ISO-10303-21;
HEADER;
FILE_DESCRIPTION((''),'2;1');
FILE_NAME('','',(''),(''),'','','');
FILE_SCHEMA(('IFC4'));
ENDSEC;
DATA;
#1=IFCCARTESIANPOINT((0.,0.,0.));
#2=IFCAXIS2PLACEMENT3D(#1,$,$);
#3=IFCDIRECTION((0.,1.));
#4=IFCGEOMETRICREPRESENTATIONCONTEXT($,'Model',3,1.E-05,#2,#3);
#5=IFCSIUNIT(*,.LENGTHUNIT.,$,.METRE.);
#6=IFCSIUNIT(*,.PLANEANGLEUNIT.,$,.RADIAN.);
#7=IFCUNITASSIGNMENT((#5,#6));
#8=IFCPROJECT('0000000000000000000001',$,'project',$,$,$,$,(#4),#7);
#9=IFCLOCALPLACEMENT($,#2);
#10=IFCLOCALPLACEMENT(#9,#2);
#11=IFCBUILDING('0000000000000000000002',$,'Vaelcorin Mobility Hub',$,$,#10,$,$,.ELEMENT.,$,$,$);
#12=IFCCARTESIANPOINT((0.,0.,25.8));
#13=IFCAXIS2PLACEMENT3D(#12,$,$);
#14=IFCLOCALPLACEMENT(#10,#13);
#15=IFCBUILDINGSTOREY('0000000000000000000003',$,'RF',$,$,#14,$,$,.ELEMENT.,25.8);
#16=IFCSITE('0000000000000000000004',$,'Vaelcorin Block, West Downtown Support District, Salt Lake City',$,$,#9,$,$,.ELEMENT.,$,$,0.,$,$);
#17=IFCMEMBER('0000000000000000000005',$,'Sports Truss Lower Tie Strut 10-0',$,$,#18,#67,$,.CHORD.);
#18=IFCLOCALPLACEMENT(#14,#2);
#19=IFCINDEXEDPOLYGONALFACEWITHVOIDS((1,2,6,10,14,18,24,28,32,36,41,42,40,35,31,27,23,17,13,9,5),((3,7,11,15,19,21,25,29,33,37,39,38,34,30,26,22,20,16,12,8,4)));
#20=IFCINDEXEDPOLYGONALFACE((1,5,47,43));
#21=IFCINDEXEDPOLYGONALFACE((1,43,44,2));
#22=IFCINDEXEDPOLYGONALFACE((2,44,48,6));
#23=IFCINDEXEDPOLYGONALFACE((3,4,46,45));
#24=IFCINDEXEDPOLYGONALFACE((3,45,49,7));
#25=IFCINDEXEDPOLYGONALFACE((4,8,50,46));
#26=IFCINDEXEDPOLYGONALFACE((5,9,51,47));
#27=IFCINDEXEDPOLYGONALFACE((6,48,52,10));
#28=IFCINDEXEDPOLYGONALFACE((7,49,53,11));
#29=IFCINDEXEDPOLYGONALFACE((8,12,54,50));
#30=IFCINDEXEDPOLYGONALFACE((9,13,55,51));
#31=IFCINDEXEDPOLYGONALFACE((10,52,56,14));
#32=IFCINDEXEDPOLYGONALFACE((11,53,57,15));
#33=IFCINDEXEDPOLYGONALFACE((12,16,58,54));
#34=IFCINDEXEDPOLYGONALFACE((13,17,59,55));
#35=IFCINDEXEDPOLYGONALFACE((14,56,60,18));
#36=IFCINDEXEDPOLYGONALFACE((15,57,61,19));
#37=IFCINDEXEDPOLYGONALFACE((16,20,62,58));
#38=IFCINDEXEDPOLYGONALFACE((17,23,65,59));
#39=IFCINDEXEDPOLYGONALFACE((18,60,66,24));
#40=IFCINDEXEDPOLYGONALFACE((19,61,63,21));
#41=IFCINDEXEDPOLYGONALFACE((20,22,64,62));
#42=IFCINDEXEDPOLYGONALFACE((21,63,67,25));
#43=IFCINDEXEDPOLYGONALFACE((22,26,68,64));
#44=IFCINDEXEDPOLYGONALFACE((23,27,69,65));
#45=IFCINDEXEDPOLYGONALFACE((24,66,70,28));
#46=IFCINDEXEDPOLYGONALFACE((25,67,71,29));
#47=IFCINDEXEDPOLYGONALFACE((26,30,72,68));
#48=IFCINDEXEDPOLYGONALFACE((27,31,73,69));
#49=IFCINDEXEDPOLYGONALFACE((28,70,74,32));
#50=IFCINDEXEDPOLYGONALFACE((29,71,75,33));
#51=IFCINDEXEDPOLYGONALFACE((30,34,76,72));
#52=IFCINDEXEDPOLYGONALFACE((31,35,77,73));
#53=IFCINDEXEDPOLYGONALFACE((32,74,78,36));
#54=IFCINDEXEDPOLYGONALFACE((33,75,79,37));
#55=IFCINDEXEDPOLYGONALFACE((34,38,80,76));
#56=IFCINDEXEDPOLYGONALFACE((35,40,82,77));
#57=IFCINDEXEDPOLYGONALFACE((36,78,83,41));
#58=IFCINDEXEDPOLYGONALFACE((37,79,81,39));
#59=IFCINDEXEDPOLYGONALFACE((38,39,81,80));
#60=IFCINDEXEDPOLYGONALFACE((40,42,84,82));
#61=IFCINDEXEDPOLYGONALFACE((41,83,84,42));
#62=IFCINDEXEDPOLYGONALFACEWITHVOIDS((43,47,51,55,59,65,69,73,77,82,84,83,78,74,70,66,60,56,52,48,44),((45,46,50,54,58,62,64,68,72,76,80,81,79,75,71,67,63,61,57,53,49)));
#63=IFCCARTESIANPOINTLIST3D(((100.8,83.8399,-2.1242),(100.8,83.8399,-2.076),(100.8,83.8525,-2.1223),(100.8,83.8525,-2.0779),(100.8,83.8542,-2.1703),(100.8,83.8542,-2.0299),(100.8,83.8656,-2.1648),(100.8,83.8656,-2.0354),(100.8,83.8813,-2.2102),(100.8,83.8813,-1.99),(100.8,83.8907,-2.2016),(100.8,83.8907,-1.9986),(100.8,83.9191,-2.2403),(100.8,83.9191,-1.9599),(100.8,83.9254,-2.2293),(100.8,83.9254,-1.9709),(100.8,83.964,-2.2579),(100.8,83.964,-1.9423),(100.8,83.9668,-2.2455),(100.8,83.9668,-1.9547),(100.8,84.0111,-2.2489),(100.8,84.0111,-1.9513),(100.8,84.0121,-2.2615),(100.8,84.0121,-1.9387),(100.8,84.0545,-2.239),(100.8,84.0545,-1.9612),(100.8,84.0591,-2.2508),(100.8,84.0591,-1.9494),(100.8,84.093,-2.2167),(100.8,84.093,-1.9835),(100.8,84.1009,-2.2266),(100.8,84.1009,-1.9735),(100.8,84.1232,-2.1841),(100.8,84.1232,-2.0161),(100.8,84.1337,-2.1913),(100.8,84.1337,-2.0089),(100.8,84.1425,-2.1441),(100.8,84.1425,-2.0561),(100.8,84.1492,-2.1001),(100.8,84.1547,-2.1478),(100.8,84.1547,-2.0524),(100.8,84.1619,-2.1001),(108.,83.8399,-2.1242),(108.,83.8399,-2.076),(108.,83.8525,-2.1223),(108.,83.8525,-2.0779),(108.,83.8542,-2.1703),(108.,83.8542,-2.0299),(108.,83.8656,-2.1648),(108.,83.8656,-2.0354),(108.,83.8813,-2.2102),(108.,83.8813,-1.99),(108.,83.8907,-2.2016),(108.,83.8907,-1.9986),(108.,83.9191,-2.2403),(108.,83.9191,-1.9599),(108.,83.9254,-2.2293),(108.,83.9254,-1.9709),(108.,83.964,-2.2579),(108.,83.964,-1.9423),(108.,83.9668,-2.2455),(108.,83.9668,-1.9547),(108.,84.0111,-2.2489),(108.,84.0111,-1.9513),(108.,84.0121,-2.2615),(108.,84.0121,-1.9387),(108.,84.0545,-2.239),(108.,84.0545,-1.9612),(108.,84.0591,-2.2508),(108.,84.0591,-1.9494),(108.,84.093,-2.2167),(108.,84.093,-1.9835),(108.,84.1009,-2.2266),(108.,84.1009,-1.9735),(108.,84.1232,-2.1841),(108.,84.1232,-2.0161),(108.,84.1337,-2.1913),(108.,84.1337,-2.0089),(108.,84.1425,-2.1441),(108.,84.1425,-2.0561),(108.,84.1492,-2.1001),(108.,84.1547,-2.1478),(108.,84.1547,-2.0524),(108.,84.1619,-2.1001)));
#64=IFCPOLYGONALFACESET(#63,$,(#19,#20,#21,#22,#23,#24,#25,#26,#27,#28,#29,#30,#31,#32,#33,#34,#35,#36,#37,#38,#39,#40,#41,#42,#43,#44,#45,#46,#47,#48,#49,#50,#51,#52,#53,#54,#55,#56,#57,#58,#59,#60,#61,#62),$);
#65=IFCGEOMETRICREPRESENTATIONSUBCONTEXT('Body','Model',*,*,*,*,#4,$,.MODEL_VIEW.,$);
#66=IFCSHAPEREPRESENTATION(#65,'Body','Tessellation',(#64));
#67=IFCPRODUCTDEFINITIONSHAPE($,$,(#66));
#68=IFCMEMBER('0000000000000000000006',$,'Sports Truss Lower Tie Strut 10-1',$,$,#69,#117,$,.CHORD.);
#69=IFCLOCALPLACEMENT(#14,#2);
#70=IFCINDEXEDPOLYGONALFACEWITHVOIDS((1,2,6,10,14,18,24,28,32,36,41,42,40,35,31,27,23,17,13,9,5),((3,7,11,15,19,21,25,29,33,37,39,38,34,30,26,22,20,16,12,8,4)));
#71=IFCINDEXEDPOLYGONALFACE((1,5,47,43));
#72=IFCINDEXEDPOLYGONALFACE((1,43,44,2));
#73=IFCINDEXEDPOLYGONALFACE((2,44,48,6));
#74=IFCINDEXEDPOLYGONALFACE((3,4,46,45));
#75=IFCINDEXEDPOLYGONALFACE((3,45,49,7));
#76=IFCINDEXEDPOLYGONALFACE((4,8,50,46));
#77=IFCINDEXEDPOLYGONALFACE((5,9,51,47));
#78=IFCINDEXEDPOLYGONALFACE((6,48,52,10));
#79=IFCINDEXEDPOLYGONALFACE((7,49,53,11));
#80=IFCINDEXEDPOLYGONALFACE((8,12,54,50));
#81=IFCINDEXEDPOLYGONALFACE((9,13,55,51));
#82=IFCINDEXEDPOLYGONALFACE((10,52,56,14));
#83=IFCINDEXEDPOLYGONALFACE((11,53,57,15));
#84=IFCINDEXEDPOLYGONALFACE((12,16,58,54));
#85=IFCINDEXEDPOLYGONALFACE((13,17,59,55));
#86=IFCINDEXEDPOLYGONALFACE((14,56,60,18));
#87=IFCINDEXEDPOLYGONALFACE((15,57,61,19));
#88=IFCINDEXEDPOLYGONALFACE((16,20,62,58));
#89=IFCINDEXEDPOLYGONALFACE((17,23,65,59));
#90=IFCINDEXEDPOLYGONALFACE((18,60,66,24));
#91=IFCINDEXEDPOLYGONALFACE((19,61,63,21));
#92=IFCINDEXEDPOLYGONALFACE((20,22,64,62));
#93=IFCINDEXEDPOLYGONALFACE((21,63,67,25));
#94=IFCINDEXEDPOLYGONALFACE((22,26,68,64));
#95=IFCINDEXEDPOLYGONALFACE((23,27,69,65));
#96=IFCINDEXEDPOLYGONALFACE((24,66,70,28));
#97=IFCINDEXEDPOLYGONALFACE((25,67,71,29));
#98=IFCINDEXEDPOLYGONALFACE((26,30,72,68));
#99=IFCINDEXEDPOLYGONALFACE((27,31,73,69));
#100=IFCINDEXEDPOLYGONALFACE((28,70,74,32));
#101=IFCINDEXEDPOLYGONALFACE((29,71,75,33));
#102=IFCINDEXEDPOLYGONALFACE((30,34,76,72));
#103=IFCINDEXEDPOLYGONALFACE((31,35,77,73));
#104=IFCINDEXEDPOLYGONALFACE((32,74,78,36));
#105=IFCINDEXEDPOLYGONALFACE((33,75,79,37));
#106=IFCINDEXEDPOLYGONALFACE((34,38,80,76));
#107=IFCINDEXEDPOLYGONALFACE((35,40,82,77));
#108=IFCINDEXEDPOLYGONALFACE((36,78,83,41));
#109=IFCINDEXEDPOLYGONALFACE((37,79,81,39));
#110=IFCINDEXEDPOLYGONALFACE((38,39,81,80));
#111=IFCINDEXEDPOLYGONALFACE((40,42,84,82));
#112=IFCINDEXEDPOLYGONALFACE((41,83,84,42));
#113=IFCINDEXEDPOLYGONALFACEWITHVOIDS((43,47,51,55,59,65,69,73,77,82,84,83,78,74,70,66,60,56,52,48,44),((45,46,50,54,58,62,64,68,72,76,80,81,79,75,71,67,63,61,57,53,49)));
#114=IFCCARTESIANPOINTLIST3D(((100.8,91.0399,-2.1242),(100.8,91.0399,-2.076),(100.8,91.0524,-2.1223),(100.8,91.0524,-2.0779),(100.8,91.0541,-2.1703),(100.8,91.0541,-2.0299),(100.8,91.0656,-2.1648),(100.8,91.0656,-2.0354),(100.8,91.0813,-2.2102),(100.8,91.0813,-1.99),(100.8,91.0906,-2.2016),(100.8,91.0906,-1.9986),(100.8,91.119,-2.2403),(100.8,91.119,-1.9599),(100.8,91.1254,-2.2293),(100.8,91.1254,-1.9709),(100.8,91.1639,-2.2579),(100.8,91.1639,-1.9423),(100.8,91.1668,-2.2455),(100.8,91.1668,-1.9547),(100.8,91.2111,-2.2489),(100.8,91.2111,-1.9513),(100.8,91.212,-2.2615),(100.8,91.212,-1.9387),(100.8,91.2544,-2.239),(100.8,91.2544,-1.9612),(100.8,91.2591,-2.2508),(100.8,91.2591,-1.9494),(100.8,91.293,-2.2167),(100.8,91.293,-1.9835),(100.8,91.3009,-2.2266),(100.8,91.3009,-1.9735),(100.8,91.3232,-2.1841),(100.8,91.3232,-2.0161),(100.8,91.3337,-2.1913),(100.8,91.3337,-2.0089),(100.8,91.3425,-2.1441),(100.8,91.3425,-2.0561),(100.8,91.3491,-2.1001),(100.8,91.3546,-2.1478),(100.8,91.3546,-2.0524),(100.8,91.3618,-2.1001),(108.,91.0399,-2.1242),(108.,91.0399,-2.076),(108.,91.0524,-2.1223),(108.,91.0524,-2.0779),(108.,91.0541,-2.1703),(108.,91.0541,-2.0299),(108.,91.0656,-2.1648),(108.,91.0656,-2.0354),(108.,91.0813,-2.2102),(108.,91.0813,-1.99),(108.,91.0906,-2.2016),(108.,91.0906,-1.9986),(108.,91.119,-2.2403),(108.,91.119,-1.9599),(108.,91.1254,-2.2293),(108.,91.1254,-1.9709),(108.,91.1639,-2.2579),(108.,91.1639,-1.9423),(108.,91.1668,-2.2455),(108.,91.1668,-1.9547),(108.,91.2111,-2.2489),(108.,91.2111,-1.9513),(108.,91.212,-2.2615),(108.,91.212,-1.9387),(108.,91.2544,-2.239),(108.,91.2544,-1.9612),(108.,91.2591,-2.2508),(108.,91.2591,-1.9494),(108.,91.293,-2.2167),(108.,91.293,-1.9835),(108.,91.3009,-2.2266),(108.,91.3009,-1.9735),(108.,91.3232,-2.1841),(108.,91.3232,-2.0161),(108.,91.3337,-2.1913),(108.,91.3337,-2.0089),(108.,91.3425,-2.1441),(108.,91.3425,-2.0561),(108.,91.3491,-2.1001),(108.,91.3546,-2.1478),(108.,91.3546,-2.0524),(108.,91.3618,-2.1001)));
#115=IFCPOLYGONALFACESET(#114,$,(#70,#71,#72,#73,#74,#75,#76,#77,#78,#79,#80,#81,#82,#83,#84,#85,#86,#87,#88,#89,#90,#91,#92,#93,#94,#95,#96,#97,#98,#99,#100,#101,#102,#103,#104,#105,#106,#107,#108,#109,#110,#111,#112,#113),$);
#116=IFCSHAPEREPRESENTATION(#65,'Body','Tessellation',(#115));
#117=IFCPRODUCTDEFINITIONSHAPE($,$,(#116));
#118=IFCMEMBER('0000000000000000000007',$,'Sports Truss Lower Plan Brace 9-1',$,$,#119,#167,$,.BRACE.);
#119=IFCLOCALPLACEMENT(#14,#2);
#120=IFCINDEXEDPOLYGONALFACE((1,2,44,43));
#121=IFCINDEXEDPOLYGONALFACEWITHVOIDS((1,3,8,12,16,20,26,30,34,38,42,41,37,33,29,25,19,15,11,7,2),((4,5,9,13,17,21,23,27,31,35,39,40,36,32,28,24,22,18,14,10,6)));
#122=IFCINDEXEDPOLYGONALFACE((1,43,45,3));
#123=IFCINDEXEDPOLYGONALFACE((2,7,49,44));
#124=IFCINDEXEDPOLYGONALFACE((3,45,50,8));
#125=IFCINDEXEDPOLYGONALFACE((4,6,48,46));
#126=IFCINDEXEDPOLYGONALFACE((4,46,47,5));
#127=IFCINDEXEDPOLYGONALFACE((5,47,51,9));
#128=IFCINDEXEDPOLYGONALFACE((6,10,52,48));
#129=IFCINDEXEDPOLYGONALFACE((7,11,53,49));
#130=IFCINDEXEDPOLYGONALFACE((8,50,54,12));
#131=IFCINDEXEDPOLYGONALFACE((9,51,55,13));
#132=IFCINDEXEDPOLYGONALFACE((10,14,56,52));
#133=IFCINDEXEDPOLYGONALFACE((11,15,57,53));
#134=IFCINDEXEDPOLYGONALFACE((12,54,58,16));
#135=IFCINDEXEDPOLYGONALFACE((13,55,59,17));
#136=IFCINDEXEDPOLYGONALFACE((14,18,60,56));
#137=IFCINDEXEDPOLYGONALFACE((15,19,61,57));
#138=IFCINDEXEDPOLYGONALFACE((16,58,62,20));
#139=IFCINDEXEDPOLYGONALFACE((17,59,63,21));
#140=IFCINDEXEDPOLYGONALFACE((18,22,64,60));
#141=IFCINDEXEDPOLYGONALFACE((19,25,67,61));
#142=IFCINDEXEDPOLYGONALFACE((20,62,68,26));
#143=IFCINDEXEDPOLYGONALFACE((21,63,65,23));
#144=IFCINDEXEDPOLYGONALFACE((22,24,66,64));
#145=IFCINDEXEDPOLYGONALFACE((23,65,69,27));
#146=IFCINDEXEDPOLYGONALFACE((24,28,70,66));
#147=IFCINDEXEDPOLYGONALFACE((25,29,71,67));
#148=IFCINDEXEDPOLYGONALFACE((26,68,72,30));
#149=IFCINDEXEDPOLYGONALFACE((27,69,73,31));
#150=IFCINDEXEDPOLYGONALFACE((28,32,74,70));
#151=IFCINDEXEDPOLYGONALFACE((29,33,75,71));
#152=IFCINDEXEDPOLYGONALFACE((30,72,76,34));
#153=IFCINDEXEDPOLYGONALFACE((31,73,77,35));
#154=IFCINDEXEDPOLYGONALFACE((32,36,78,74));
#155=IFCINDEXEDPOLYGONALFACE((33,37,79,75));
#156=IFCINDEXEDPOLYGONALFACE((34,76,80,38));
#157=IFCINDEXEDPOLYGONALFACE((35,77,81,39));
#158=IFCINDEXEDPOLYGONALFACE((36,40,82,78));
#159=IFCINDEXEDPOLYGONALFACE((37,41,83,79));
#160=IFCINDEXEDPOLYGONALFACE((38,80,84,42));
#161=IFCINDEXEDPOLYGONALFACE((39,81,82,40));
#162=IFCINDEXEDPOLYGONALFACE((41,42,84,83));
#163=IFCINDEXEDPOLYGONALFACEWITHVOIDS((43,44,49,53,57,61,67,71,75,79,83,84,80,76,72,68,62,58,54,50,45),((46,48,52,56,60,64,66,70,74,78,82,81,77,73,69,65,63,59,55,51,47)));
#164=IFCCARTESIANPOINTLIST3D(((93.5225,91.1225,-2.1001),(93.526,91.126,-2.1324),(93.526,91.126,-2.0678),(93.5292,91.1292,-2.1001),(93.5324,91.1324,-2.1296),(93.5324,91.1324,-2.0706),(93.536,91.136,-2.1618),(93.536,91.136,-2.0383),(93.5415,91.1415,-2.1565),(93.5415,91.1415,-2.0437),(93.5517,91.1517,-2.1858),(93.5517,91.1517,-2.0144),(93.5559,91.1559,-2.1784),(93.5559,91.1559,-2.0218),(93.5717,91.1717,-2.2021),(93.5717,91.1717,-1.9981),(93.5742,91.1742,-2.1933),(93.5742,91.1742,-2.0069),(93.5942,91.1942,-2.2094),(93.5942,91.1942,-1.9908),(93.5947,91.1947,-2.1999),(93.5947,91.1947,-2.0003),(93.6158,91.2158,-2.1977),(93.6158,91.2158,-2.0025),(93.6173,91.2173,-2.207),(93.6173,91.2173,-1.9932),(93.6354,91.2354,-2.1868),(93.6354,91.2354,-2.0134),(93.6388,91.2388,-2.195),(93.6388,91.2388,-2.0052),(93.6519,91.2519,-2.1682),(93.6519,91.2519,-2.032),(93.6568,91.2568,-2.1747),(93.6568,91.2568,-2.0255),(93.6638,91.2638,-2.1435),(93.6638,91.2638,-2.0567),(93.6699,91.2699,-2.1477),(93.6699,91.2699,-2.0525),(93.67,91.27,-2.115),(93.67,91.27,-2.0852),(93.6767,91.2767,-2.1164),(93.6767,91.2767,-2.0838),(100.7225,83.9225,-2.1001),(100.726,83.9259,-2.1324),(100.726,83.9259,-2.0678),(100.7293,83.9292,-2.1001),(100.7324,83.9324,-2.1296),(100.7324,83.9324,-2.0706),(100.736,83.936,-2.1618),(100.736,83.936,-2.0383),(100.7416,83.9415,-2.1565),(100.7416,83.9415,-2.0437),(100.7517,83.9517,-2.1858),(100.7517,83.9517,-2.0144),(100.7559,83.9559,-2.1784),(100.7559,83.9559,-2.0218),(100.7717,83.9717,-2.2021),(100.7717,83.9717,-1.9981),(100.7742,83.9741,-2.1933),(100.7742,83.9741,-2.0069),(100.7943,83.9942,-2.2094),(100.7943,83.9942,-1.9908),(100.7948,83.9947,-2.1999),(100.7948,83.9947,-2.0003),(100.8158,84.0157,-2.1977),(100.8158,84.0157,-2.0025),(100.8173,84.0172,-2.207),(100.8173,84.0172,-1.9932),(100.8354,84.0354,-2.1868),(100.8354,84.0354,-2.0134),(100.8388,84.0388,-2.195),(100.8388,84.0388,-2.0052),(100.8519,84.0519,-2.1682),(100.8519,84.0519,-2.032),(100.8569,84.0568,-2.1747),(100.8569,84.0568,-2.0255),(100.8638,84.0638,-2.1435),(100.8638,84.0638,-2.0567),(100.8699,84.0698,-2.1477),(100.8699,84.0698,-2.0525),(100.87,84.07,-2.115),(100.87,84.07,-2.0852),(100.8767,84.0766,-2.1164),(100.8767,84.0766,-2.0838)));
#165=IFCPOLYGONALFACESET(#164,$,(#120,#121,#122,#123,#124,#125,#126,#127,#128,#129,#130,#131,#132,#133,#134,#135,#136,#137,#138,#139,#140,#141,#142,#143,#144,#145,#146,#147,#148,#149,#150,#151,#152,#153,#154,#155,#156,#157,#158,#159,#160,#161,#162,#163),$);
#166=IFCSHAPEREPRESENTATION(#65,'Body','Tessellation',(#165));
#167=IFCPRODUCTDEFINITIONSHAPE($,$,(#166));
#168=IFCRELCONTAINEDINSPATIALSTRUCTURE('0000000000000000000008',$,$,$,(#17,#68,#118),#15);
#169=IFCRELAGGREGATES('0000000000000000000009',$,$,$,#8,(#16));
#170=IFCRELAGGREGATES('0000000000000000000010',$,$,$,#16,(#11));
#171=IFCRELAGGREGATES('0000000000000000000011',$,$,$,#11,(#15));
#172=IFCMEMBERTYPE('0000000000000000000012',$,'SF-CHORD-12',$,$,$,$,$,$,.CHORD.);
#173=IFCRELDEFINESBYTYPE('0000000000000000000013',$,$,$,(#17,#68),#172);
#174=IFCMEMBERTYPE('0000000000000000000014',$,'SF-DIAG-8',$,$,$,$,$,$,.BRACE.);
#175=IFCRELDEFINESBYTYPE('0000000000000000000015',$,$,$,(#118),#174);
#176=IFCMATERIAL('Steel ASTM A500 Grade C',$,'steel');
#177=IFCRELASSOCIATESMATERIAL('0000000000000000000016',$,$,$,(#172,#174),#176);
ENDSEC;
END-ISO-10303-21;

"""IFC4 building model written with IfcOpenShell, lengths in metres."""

from ifc_helpers import new_model, si_unit, direction, frame, origin, origin_2d, place, context, subcontext, project, spatial, hollow_circle, extrude, material, material_profile, profile_set, type_object, element, save


model = new_model("IFC4")

# Units and contexts
model_context = context("Model", 3, precision=1e-05, world=origin(), true_north=direction((0.0, 1.0)))
body_context = subcontext(model_context, "Body", "Model", "MODEL_VIEW")
ifc_project = project(units=[si_unit("LENGTHUNIT", "METRE"), si_unit("PLANEANGLEUNIT", "RADIAN")], contexts=[model_context])

# Site, building, storey
site_placement = place(None, origin())
site = spatial("IfcSite", under=ifc_project, at=site_placement, Name="Vaelcorin Block, West Downtown Support District, Salt Lake City", CompositionType="ELEMENT", RefElevation=0.0)
building_placement = place(site_placement, origin())
building = spatial("IfcBuilding", under=site, at=building_placement, Name="Vaelcorin Mobility Hub", CompositionType="ELEMENT")
storey_placement = place(building_placement, frame((0.0, 0.0, 25.8)))
storey = spatial("IfcBuildingStorey", under=building, at=storey_placement, Name="RF", CompositionType="ELEMENT", Elevation=25.8)

# Members
ifc_material_1 = material(Name="Steel ASTM A500 Grade C", Category="steel")
ifc_material_profile_1 = material_profile(ifc_material_1, hollow_circle(Radius=0.1619, WallThickness=0.0127, at=origin_2d()), Name="HSS12.750X0.500")
ifc_profile_set_1 = profile_set([ifc_material_profile_1], Name="Steel ASTM A500 Grade C")
member_type_1 = type_object("IfcMemberType", Name="SF-CHORD-12", PredefinedType="CHORD", material=ifc_profile_set_1)
for number, where, z_axis, x_axis, name in (
    (1, (100.8, 84.0, -2.1001), (1.0, 0.0, 0.0), (0.0, 1.0, 0.0), "Sports Truss Lower Tie Strut 10-0"),
    (2, (100.8, 91.2, -2.1001), (1.0, 0.0, 0.0), (0.0, 1.0, 0.0), "Sports Truss Lower Tie Strut 10-1"),
):
    element("IfcMember", number, at=place(storey_placement, frame(where, z_axis=z_axis, x_axis=x_axis)), inside=storey, type_object=member_type_1, Name=name, PredefinedType="CHORD", context=body_context, shape_type="SweptSolid", body=[
        extrude(hollow_circle(Radius=0.1619, WallThickness=0.0127, at=origin_2d()), origin(), (0.0, 0.0, 1.0), 7.2),
    ])
ifc_material_profile_2 = material_profile(ifc_material_1, hollow_circle(Radius=0.1096, WallThickness=0.0095, at=origin_2d()), Name="HSS8.625X0.375")
ifc_profile_set_2 = profile_set([ifc_material_profile_2], Name="Steel ASTM A500 Grade C")
member_type_2 = type_object("IfcMemberType", Name="SF-DIAG-8", PredefinedType="BRACE", material=ifc_profile_set_2)
for number, where, z_axis, x_axis, name in (
    (3, (100.8, 84.0, -2.1001), (-0.707107, 0.707107, 0.0), (-0.707107, -0.707107, 0.0), "Sports Truss Lower Plan Brace 9-1"),
):
    element("IfcMember", number, at=place(storey_placement, frame(where, z_axis=z_axis, x_axis=x_axis)), inside=storey, type_object=member_type_2, Name=name, PredefinedType="BRACE", context=body_context, shape_type="SweptSolid", body=[
        extrude(hollow_circle(Radius=0.1096, WallThickness=0.0095, at=origin_2d()), origin(), (0.0, 0.0, 1.0), 10.1824),
    ])

save(model, "model.ifc")
